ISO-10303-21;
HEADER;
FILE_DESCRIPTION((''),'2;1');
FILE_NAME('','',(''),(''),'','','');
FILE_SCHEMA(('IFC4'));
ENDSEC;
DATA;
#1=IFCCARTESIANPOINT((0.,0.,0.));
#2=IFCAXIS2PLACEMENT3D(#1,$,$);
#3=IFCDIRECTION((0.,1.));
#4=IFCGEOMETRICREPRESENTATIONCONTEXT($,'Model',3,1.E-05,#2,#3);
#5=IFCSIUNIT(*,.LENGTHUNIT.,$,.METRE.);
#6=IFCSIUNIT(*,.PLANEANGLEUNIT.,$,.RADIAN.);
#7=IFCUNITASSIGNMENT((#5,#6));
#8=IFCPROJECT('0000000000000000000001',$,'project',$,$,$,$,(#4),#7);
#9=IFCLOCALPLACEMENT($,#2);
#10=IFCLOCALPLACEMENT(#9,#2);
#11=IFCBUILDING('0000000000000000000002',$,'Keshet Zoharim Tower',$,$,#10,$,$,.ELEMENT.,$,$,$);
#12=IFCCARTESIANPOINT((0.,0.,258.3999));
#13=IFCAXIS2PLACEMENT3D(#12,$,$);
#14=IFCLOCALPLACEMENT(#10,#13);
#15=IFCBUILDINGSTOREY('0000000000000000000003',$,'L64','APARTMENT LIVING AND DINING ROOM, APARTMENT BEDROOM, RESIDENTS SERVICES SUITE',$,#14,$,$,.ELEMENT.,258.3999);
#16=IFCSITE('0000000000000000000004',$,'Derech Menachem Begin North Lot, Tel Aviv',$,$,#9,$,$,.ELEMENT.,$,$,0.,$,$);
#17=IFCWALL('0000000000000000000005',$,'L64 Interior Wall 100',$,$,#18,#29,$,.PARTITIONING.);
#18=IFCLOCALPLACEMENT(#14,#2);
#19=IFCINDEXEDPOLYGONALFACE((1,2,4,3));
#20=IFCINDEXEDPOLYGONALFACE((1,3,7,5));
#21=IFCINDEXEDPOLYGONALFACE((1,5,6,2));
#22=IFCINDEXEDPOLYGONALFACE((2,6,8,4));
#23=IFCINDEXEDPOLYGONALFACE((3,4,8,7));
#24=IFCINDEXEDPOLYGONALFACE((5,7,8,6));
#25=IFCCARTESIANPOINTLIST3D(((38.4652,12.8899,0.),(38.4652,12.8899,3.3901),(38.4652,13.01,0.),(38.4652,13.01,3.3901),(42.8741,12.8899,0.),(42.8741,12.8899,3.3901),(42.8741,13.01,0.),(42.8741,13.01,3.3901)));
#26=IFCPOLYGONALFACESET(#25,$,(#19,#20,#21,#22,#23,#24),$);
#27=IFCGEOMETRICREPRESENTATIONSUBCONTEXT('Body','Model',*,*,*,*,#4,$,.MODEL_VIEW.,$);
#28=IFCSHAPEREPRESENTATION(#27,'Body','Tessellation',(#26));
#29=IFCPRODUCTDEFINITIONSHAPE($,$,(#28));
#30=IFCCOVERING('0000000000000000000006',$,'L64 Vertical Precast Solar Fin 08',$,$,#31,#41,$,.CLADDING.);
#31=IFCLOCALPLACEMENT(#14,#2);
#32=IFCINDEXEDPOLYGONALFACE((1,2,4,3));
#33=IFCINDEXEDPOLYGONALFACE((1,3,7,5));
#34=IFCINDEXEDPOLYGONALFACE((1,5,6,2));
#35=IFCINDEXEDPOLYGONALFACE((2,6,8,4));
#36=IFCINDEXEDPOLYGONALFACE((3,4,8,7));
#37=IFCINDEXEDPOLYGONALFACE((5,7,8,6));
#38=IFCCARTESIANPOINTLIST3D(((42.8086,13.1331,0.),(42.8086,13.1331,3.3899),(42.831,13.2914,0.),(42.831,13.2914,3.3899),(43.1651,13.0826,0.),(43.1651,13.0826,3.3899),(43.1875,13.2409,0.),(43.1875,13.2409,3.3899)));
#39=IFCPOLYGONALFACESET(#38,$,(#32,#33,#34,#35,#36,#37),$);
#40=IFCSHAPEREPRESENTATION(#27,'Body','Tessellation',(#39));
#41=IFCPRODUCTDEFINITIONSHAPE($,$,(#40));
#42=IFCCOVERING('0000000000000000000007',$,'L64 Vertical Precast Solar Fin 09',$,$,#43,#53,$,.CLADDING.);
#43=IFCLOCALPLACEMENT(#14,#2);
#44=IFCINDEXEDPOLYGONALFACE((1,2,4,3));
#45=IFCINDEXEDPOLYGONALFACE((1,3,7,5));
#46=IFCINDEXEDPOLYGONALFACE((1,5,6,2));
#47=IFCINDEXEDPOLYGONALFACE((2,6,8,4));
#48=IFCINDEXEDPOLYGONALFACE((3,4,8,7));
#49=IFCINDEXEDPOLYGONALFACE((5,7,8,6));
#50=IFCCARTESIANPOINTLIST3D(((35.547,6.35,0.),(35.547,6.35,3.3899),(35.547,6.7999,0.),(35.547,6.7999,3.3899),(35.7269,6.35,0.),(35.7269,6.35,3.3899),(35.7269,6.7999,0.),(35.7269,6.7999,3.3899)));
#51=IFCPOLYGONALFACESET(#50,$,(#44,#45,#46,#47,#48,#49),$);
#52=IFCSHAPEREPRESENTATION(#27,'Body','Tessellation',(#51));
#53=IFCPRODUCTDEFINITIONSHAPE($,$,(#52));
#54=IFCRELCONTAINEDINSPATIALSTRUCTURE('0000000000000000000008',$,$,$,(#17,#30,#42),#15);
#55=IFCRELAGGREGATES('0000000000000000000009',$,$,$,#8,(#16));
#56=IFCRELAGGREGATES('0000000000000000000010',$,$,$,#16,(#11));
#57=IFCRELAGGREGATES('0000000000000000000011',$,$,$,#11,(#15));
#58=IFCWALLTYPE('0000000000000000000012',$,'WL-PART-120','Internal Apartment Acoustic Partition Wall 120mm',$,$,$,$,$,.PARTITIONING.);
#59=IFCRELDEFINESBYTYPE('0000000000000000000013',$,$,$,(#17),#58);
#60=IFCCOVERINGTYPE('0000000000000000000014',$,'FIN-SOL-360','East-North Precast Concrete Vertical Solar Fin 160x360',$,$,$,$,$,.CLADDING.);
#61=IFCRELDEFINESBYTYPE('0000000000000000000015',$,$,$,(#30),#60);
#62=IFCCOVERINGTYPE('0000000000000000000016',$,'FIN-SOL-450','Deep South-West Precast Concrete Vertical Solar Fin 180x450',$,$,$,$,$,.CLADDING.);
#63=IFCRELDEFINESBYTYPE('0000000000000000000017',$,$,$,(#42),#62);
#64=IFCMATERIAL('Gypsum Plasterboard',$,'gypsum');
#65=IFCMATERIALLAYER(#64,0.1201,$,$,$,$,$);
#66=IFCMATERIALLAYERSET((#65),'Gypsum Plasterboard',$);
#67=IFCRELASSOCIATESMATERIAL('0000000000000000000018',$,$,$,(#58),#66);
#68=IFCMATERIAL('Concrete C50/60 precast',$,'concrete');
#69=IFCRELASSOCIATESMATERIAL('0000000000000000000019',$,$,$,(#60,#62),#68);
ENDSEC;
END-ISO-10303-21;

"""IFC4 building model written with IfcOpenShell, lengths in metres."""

from ifc_helpers import new_model, si_unit, direction, frame, frame_2d, origin, origin_2d, place, context, subcontext, project, spatial, rectangle, extrude, material, layer, layer_set, type_object, element, save


model = new_model("IFC4")

# Units and contexts
model_context = context("Model", 3, precision=1e-05, world=origin(), true_north=direction((0.0, 1.0)))
body_context = subcontext(model_context, "Body", "Model", "MODEL_VIEW")
ifc_project = project(units=[si_unit("LENGTHUNIT", "METRE"), si_unit("PLANEANGLEUNIT", "RADIAN")], contexts=[model_context])

# Site, building, storey
site_placement = place(None, origin())
site = spatial("IfcSite", under=ifc_project, at=site_placement, Name="Derech Menachem Begin North Lot, Tel Aviv", CompositionType="ELEMENT", RefElevation=0.0)
building_placement = place(site_placement, origin())
building = spatial("IfcBuilding", under=site, at=building_placement, Name="Keshet Zoharim Tower", CompositionType="ELEMENT")
storey_placement = place(building_placement, frame((0.0, 0.0, 258.3999)))
storey = spatial("IfcBuildingStorey", under=building, at=storey_placement, Name="L64", Description="APARTMENT LIVING AND DINING ROOM, APARTMENT BEDROOM, RESIDENTS SERVICES SUITE", CompositionType="ELEMENT", Elevation=258.3999)

# Shared definitions
ifc_material_1 = material(Name="Gypsum Plasterboard", Category="gypsum")
ifc_layer_1 = layer(ifc_material_1, 0.1201)
ifc_layer_set_1 = layer_set([ifc_layer_1], Name="Gypsum Plasterboard")
wall_type = type_object("IfcWallType", Name="WL-PART-120", Description="Internal Apartment Acoustic Partition Wall 120mm", PredefinedType="PARTITIONING", material=ifc_layer_set_1)

# Wall
wall_1_placement = place(storey_placement, frame((38.4651, 12.95, 0.0), z_axis=(0.0, 0.0, 1.0), x_axis=(1.0, 0.0, 0.0)))
element("IfcWall", 1, at=wall_1_placement, inside=storey, type_object=wall_type, Name="L64 Interior Wall 100", PredefinedType="PARTITIONING", context=body_context, shape_type="SweptSolid", body=[
    extrude(rectangle(XDim=4.4089, YDim=0.1201, at=frame_2d((2.2046, 0.0))), origin(), (0.0, 0.0, 1.0), 3.3901),
])

# Coverings
ifc_material_2 = material(Name="Concrete C50/60 precast", Category="concrete")
covering_type_1 = type_object("IfcCoveringType", Name="FIN-SOL-360", Description="East-North Precast Concrete Vertical Solar Fin 160x360", PredefinedType="CLADDING", material=ifc_material_2)
covering_1_placement = place(storey_placement, frame((42.998, 13.187, 0.0), z_axis=(0.0, 0.0, 1.0), x_axis=(-0.140137, -0.990132, 0.0)))
element("IfcCovering", 2, at=covering_1_placement, inside=storey, type_object=covering_type_1, Name="L64 Vertical Precast Solar Fin 08", PredefinedType="CLADDING", context=body_context, shape_type="SweptSolid", body=[
    extrude(rectangle(XDim=0.1599, YDim=0.3601, at=origin_2d()), origin(), (0.0, 0.0, 1.0), 3.3899),
])
covering_type_2 = type_object("IfcCoveringType", Name="FIN-SOL-450", Description="Deep South-West Precast Concrete Vertical Solar Fin 180x450", PredefinedType="CLADDING", material=ifc_material_2)
covering_2_placement = place(storey_placement, frame((35.637, 6.575, 0.0), z_axis=(0.0, 0.0, 1.0), x_axis=(-1.0, 0.0, 0.0)))
element("IfcCovering", 3, at=covering_2_placement, inside=storey, type_object=covering_type_2, Name="L64 Vertical Precast Solar Fin 09", PredefinedType="CLADDING", context=body_context, shape_type="SweptSolid", body=[
    extrude(rectangle(XDim=0.1799, YDim=0.45, at=origin_2d()), origin(), (0.0, 0.0, 1.0), 3.3899),
])

save(model, "model.ifc")
